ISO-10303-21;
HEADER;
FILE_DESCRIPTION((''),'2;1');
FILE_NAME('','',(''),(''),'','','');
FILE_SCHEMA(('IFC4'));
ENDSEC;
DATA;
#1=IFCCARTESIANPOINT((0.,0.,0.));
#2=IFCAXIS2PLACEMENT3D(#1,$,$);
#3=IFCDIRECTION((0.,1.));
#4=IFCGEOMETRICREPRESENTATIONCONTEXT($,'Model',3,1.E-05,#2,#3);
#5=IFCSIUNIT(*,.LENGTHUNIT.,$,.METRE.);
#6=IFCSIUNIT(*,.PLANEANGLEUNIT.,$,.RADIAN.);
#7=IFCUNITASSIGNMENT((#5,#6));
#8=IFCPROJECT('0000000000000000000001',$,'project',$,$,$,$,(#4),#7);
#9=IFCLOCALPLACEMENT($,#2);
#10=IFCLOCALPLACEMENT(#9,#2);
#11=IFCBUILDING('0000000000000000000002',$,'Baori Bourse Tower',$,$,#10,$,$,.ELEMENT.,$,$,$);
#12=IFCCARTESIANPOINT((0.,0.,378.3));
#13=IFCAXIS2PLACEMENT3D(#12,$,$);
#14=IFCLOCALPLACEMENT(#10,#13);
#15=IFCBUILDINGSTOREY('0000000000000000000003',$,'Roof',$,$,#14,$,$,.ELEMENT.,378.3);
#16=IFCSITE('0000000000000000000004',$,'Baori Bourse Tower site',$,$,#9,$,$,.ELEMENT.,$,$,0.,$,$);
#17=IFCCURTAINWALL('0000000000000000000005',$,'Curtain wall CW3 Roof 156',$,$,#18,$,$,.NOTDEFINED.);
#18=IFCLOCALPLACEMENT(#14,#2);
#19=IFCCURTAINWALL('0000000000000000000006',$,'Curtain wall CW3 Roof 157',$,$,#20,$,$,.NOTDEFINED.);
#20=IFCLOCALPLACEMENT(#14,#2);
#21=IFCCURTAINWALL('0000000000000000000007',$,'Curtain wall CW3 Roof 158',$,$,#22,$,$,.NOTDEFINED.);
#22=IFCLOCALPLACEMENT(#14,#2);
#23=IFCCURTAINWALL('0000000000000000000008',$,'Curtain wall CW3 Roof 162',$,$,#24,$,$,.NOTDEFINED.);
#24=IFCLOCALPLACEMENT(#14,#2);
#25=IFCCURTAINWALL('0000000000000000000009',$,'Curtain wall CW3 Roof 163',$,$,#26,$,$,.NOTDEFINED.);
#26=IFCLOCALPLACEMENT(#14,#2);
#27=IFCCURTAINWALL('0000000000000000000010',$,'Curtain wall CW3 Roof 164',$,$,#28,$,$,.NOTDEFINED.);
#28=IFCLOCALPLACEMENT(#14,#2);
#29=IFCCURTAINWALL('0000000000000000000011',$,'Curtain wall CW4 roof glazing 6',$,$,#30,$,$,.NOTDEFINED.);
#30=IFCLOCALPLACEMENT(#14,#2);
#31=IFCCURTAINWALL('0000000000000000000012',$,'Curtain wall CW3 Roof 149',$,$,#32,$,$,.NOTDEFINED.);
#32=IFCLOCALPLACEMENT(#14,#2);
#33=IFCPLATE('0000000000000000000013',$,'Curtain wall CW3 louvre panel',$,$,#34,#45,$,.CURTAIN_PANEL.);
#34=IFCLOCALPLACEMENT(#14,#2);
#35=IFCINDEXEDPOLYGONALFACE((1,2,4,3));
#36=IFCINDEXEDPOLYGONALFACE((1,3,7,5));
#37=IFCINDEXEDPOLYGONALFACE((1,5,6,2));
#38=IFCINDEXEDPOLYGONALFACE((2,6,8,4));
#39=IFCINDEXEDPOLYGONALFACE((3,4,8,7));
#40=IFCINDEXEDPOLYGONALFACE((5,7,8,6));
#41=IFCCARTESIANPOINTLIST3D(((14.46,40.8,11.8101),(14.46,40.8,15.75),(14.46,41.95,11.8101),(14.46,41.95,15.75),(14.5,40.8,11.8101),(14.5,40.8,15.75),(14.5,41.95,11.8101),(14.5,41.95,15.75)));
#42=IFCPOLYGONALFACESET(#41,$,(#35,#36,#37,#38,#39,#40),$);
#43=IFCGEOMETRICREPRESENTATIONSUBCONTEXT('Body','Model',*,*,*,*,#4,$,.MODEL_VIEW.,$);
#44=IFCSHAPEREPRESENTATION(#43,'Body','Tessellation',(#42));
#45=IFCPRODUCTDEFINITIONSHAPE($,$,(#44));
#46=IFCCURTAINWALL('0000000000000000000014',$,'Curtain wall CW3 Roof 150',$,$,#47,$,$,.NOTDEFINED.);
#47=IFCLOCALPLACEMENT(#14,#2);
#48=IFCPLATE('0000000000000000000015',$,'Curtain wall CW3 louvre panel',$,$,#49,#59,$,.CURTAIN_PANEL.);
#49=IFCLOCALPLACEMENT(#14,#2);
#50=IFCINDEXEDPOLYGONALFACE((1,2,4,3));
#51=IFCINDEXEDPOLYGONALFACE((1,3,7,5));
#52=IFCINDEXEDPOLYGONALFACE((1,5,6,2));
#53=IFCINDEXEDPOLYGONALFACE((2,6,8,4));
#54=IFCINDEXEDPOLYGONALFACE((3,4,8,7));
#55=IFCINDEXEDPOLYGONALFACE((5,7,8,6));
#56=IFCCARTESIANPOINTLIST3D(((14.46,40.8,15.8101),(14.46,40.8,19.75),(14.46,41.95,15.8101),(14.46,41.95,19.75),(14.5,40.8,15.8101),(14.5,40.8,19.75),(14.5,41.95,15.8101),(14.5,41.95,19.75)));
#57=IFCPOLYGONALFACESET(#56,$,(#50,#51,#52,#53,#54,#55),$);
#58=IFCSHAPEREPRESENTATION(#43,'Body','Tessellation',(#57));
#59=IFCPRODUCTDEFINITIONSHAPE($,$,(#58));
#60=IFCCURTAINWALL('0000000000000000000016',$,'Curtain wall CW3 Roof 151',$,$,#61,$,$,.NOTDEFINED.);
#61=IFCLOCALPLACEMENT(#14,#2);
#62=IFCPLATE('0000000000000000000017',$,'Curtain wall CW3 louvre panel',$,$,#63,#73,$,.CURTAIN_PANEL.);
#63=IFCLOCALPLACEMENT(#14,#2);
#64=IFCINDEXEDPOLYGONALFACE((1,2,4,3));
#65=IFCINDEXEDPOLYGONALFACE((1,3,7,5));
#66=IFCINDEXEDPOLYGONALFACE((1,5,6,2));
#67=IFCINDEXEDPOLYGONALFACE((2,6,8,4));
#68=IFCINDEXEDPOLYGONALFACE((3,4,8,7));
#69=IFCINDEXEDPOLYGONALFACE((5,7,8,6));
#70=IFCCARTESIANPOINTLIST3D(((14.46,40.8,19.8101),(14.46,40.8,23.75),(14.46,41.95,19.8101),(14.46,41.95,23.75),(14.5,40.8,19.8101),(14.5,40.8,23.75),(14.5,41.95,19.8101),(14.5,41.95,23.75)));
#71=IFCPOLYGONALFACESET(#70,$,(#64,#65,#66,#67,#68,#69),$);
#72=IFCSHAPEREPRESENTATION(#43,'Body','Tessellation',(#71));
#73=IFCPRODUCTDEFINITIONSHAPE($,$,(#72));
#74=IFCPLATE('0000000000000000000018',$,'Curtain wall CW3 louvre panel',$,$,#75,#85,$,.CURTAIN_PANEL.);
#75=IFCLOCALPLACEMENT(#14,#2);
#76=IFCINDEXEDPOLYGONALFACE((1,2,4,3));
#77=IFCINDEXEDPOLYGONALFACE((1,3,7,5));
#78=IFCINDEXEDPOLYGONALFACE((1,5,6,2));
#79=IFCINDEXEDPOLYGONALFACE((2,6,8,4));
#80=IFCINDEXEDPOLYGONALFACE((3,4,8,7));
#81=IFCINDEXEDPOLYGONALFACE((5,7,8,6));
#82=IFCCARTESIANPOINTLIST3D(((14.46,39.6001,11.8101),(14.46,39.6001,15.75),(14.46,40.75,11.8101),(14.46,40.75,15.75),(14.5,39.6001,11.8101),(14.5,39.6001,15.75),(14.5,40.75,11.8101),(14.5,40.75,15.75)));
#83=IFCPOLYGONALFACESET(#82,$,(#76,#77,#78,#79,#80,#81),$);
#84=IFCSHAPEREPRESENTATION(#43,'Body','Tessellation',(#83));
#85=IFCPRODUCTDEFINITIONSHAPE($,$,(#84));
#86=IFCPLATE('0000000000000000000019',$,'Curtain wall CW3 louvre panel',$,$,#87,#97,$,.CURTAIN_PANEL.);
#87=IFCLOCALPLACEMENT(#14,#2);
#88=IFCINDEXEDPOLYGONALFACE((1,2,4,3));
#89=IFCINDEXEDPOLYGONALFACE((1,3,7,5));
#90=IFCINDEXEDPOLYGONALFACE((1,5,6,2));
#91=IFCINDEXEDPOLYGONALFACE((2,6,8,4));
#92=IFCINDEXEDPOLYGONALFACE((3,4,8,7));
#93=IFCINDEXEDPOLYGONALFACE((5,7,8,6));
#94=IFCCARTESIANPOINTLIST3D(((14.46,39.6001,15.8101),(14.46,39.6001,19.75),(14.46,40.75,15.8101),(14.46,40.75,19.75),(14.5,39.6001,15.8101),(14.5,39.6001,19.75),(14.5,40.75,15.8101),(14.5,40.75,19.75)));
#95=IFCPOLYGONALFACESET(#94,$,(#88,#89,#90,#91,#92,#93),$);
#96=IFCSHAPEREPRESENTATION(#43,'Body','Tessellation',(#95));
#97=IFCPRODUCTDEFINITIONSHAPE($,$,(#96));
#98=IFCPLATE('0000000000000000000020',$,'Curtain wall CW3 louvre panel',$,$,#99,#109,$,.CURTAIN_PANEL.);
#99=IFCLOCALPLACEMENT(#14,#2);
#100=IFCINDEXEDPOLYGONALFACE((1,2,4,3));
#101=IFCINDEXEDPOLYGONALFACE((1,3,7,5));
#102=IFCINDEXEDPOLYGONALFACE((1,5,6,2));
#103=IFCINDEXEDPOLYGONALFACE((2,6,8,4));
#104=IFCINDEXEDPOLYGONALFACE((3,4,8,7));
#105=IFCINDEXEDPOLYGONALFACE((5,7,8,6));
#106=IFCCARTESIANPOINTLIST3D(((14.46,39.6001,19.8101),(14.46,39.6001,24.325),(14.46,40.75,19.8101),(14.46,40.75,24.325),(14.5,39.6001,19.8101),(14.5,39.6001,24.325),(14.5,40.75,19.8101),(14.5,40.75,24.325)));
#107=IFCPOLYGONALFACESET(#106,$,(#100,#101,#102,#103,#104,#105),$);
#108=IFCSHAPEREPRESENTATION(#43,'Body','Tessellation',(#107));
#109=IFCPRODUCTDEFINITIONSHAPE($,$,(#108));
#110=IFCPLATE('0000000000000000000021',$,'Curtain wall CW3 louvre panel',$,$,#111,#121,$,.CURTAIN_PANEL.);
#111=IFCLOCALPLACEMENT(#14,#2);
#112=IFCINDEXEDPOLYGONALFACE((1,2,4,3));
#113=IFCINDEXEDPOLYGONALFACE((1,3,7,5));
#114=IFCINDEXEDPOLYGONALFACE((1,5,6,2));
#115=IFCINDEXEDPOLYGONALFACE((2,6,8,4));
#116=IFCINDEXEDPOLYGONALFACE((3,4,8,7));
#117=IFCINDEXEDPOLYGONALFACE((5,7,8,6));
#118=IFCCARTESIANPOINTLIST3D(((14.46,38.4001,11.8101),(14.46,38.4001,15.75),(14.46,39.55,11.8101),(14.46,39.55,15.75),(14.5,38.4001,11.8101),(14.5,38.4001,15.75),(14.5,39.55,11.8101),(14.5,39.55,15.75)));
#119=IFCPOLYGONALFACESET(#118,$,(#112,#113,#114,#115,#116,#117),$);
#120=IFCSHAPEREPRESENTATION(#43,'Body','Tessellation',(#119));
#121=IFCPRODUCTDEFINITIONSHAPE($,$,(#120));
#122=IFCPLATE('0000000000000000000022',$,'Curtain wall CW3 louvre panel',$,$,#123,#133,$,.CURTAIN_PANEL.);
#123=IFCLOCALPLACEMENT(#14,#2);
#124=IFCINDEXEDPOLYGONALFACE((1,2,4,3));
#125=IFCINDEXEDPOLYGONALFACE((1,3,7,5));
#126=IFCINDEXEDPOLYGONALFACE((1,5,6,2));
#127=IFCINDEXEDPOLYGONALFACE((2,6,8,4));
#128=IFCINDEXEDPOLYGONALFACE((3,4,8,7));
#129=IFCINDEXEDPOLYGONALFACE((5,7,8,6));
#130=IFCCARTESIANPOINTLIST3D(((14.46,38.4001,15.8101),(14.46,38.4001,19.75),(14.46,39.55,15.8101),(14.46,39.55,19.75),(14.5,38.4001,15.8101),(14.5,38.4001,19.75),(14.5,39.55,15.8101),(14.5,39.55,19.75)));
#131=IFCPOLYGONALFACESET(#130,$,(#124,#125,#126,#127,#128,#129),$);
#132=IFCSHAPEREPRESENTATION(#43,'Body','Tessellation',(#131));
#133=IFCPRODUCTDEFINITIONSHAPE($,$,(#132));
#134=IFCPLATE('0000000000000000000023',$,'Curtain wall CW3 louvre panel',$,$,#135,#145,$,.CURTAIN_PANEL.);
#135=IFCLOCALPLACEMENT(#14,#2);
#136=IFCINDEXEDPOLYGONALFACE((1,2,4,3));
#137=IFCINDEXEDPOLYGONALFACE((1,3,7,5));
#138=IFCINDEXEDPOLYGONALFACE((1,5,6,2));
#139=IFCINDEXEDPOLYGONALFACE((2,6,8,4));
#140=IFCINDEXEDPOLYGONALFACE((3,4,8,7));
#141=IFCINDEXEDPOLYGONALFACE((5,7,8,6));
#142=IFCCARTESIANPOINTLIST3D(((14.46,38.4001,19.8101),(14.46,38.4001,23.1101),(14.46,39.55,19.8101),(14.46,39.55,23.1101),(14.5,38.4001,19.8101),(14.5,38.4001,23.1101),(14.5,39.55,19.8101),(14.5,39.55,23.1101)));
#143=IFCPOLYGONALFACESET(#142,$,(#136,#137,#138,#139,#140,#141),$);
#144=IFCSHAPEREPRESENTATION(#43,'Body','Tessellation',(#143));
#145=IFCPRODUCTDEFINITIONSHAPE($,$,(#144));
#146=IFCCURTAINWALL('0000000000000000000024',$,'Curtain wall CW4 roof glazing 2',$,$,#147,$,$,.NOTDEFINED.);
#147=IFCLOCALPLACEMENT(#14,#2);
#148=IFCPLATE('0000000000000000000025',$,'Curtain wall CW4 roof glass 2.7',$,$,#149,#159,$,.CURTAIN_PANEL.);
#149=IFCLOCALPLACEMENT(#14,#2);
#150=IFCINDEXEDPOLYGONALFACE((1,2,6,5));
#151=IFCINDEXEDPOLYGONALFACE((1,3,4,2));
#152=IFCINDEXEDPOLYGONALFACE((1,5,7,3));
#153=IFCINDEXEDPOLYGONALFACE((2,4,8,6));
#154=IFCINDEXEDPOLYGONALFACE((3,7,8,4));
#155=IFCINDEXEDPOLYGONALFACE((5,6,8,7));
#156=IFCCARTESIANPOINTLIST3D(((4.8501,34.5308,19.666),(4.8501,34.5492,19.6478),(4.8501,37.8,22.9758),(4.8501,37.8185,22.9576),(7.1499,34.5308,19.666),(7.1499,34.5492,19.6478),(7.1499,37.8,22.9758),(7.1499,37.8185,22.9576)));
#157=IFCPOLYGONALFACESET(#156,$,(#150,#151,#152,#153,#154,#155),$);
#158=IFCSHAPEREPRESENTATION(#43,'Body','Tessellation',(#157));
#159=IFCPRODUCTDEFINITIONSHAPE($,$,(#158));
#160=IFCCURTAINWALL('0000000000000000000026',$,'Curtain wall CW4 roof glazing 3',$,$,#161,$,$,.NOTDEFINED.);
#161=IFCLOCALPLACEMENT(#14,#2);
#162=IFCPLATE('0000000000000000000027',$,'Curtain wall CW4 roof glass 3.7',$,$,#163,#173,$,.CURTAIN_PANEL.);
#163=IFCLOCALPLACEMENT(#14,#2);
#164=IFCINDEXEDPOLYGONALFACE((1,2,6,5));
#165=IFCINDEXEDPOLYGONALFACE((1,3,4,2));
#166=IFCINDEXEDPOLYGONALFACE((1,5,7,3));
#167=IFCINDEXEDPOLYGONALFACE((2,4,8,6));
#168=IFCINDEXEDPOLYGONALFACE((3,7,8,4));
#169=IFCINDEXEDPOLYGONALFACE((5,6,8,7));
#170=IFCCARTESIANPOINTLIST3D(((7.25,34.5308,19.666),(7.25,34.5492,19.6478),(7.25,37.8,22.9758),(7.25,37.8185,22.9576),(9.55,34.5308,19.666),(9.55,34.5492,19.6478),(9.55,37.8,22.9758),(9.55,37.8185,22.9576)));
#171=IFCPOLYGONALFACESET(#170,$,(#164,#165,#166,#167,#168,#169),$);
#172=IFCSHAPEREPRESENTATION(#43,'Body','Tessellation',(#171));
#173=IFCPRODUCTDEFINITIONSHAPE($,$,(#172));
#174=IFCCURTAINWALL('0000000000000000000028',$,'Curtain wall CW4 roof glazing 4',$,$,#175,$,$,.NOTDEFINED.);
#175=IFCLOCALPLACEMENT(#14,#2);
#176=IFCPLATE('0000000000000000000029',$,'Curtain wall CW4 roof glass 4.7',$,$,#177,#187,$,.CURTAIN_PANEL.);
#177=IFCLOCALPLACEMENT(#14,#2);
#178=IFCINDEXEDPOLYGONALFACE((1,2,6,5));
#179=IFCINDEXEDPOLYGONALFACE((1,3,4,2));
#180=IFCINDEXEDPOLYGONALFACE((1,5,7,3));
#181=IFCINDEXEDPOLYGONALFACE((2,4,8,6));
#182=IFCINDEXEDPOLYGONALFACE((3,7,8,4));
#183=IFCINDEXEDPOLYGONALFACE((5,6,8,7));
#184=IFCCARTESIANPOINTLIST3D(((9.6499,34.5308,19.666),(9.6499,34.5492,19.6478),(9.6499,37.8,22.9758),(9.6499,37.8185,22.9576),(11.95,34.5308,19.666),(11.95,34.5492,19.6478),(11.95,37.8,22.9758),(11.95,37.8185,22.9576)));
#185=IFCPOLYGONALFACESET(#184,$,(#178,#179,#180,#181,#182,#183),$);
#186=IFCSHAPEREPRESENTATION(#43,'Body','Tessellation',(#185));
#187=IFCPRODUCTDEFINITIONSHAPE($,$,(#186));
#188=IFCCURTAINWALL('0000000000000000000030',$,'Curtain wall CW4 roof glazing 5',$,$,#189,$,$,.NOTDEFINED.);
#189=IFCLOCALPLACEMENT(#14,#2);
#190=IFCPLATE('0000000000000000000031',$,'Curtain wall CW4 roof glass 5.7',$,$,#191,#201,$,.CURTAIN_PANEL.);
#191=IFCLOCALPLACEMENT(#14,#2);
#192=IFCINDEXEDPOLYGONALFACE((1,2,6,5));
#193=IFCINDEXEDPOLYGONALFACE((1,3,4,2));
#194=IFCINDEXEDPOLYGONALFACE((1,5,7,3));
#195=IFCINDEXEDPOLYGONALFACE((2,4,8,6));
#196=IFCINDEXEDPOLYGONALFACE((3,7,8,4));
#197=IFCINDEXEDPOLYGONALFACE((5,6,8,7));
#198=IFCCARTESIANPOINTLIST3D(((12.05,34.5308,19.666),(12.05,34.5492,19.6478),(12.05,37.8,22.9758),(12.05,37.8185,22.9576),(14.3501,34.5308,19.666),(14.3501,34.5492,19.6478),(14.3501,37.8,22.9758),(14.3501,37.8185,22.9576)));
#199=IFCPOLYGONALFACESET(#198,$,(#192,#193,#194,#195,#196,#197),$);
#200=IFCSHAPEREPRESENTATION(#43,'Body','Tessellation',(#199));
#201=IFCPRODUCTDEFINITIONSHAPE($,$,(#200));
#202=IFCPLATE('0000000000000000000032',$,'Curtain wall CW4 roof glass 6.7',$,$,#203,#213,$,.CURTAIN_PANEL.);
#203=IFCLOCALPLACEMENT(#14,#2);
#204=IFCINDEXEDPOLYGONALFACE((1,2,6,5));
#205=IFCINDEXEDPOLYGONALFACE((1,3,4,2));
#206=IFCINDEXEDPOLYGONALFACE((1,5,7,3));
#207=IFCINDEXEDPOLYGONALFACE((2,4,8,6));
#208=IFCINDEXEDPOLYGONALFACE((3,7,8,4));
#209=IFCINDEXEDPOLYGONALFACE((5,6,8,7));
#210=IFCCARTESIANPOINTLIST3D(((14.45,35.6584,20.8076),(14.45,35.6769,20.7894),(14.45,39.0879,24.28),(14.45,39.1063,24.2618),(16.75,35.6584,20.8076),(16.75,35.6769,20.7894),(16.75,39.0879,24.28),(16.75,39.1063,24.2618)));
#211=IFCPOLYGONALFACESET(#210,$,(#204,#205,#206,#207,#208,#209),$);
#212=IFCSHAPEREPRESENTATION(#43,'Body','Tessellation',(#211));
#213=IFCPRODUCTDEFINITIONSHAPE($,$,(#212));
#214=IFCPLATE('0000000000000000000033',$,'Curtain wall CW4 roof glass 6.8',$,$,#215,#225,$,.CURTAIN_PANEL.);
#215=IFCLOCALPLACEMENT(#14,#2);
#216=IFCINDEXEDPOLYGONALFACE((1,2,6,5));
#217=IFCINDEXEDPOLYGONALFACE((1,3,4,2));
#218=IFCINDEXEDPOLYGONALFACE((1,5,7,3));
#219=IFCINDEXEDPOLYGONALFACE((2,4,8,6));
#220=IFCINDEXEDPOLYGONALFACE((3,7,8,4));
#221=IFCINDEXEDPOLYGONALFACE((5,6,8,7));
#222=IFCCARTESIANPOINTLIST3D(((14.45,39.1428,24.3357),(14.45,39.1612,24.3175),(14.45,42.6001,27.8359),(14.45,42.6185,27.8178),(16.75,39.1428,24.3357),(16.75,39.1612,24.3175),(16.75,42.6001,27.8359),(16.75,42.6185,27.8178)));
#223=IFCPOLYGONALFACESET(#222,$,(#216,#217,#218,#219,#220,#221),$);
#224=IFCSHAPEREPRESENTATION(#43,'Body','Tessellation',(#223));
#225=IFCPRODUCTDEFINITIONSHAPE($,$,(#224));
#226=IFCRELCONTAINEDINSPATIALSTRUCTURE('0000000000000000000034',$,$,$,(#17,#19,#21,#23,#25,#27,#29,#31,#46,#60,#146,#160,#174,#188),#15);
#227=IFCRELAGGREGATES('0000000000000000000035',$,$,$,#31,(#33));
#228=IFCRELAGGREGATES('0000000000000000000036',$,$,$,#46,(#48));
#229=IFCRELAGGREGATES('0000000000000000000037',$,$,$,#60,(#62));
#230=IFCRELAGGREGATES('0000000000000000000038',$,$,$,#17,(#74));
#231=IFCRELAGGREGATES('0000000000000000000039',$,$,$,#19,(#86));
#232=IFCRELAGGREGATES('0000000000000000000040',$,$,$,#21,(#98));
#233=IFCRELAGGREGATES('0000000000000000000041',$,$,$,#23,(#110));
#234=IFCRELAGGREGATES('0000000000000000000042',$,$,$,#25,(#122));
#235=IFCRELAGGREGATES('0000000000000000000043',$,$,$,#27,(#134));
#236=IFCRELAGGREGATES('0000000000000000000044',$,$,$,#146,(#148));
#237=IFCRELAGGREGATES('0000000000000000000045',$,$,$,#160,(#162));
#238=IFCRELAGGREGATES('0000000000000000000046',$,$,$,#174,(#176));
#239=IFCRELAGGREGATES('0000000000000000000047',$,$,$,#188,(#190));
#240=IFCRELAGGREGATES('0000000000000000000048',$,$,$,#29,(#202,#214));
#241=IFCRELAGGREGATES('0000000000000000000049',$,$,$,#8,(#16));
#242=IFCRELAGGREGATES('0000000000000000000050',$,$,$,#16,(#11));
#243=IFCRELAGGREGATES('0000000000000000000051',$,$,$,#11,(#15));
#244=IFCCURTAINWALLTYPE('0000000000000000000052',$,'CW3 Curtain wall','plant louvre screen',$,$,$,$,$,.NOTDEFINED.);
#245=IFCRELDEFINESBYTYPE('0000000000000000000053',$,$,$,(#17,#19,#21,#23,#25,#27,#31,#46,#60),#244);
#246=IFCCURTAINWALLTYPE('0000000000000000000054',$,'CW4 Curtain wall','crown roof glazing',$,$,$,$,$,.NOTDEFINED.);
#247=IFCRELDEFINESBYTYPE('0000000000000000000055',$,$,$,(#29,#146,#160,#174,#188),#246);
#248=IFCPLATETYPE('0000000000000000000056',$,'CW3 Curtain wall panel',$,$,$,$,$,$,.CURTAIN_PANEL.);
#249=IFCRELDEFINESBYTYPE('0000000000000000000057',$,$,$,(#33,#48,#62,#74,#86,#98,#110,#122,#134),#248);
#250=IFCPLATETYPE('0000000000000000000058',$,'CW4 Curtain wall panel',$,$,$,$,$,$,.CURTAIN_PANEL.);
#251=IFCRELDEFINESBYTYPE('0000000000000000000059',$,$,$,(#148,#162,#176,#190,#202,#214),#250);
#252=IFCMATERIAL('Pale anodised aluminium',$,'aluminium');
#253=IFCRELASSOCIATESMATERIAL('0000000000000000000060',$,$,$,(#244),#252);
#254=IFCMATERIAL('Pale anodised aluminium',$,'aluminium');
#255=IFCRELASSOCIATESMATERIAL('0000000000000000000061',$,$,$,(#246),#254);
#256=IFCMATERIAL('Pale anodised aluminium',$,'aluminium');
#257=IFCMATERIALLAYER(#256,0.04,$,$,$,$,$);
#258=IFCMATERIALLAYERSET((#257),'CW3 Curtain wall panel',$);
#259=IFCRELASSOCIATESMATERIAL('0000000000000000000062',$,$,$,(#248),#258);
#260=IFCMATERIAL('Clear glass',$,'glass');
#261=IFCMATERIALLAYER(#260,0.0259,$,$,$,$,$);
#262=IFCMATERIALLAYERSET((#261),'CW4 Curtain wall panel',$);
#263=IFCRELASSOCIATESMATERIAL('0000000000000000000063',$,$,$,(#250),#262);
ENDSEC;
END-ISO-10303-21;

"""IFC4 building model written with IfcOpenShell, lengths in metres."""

from ifc_helpers import new_model, si_unit, direction, frame, origin, origin_2d, place, context, subcontext, project, spatial, polyline, rectangle, outline, extrude, material, layer, layer_set, type_object, element, aggregate, save


model = new_model("IFC4")

# Units and contexts
model_context = context("Model", 3, precision=1e-05, world=origin(), true_north=direction((0.0, 1.0)))
body_context = subcontext(model_context, "Body", "Model", "MODEL_VIEW")
ifc_project = project(units=[si_unit("LENGTHUNIT", "METRE"), si_unit("PLANEANGLEUNIT", "RADIAN")], contexts=[model_context])

# Site, building, storey
site_placement = place(None, origin())
site = spatial("IfcSite", under=ifc_project, at=site_placement, Name="Baori Bourse Tower site", CompositionType="ELEMENT", RefElevation=0.0)
building_placement = place(site_placement, origin())
building = spatial("IfcBuilding", under=site, at=building_placement, Name="Baori Bourse Tower", CompositionType="ELEMENT")
storey_placement = place(building_placement, frame((0.0, 0.0, 378.3)))
storey = spatial("IfcBuildingStorey", under=building, at=storey_placement, Name="Roof", CompositionType="ELEMENT", Elevation=378.3)

# Curtain walls
ifc_material_1 = material(Name="Pale anodised aluminium", Category="aluminium")
curtain_wall_type_1 = type_object("IfcCurtainWallType", Name="CW3 Curtain wall", Description="plant louvre screen", PredefinedType="NOTDEFINED", material=ifc_material_1)
curtain_wall_1_placement = place(storey_placement, origin())
curtain_wall_1 = element("IfcCurtainWall", 1, at=curtain_wall_1_placement, inside=storey, type_object=curtain_wall_type_1, Name="Curtain wall CW3 Roof 156", PredefinedType="NOTDEFINED")
curtain_wall_2_placement = place(storey_placement, origin())
curtain_wall_2 = element("IfcCurtainWall", 2, at=curtain_wall_2_placement, inside=storey, type_object=curtain_wall_type_1, Name="Curtain wall CW3 Roof 157", PredefinedType="NOTDEFINED")
curtain_wall_3_placement = place(storey_placement, origin())
curtain_wall_3 = element("IfcCurtainWall", 3, at=curtain_wall_3_placement, inside=storey, type_object=curtain_wall_type_1, Name="Curtain wall CW3 Roof 158", PredefinedType="NOTDEFINED")
curtain_wall_4_placement = place(storey_placement, origin())
curtain_wall_4 = element("IfcCurtainWall", 4, at=curtain_wall_4_placement, inside=storey, type_object=curtain_wall_type_1, Name="Curtain wall CW3 Roof 162", PredefinedType="NOTDEFINED")
curtain_wall_5_placement = place(storey_placement, origin())
curtain_wall_5 = element("IfcCurtainWall", 5, at=curtain_wall_5_placement, inside=storey, type_object=curtain_wall_type_1, Name="Curtain wall CW3 Roof 163", PredefinedType="NOTDEFINED")
curtain_wall_6_placement = place(storey_placement, origin())
curtain_wall_6 = element("IfcCurtainWall", 6, at=curtain_wall_6_placement, inside=storey, type_object=curtain_wall_type_1, Name="Curtain wall CW3 Roof 164", PredefinedType="NOTDEFINED")

# Curtain wall
ifc_material_2 = material(Name="Pale anodised aluminium", Category="aluminium")
curtain_wall_type_2 = type_object("IfcCurtainWallType", Name="CW4 Curtain wall", Description="crown roof glazing", PredefinedType="NOTDEFINED", material=ifc_material_2)
curtain_wall_7_placement = place(storey_placement, origin())
curtain_wall_7 = element("IfcCurtainWall", 7, at=curtain_wall_7_placement, inside=storey, type_object=curtain_wall_type_2, Name="Curtain wall CW4 roof glazing 6", PredefinedType="NOTDEFINED")

# Curtain walls, plates
curtain_wall_8_placement = place(storey_placement, origin())
curtain_wall_8 = element("IfcCurtainWall", 8, at=curtain_wall_8_placement, inside=storey, type_object=curtain_wall_type_1, Name="Curtain wall CW3 Roof 149", PredefinedType="NOTDEFINED")
ifc_material_3 = material(Name="Pale anodised aluminium", Category="aluminium")
ifc_layer_1 = layer(ifc_material_3, 0.04)
ifc_layer_set_1 = layer_set([ifc_layer_1], Name="CW3 Curtain wall panel")
plate_type_1 = type_object("IfcPlateType", Name="CW3 Curtain wall panel", PredefinedType="CURTAIN_PANEL", material=ifc_layer_set_1)
plate_1_placement = place(storey_placement, frame((14.48, 41.375, 11.8101), z_axis=(0.0, 0.0, 1.0), x_axis=(0.0, -1.0, 0.0)))
plate_1 = element("IfcPlate", 9, at=plate_1_placement, type_object=plate_type_1, Name="Curtain wall CW3 louvre panel", PredefinedType="CURTAIN_PANEL", context=body_context, shape_type="SweptSolid", body=[
    extrude(rectangle(XDim=1.1499, YDim=0.04, at=origin_2d()), origin(), (0.0, 0.0, 1.0), 3.9399),
])
aggregate(curtain_wall_8, [plate_1])
curtain_wall_9_placement = place(storey_placement, origin())
curtain_wall_9 = element("IfcCurtainWall", 10, at=curtain_wall_9_placement, inside=storey, type_object=curtain_wall_type_1, Name="Curtain wall CW3 Roof 150", PredefinedType="NOTDEFINED")
plate_2_placement = place(storey_placement, frame((14.48, 41.375, 15.8101), z_axis=(0.0, 0.0, 1.0), x_axis=(0.0, -1.0, 0.0)))
plate_2 = element("IfcPlate", 11, at=plate_2_placement, type_object=plate_type_1, Name="Curtain wall CW3 louvre panel", PredefinedType="CURTAIN_PANEL", context=body_context, shape_type="SweptSolid", body=[
    extrude(rectangle(XDim=1.1499, YDim=0.04, at=origin_2d()), origin(), (0.0, 0.0, 1.0), 3.9399),
])
aggregate(curtain_wall_9, [plate_2])
curtain_wall_10_placement = place(storey_placement, origin())
curtain_wall_10 = element("IfcCurtainWall", 12, at=curtain_wall_10_placement, inside=storey, type_object=curtain_wall_type_1, Name="Curtain wall CW3 Roof 151", PredefinedType="NOTDEFINED")
plate_3_placement = place(storey_placement, frame((14.48, 41.375, 19.8101), z_axis=(0.0, 0.0, 1.0), x_axis=(0.0, -1.0, 0.0)))
plate_3 = element("IfcPlate", 13, at=plate_3_placement, type_object=plate_type_1, Name="Curtain wall CW3 louvre panel", PredefinedType="CURTAIN_PANEL", context=body_context, shape_type="SweptSolid", body=[
    extrude(rectangle(XDim=1.1499, YDim=0.04, at=origin_2d()), origin(), (0.0, 0.0, 1.0), 3.9399),
])
aggregate(curtain_wall_10, [plate_3])

# Plates
plate_4_placement = place(storey_placement, frame((14.48, 40.175, 11.8101), z_axis=(0.0, 0.0, 1.0), x_axis=(0.0, -1.0, 0.0)))
plate_4 = element("IfcPlate", 14, at=plate_4_placement, type_object=plate_type_1, Name="Curtain wall CW3 louvre panel", PredefinedType="CURTAIN_PANEL", context=body_context, shape_type="SweptSolid", body=[
    extrude(rectangle(XDim=1.1499, YDim=0.04, at=origin_2d()), origin(), (0.0, 0.0, 1.0), 3.9399),
])
aggregate(curtain_wall_1, [plate_4])
plate_5_placement = place(storey_placement, frame((14.48, 40.175, 15.8101), z_axis=(0.0, 0.0, 1.0), x_axis=(0.0, -1.0, 0.0)))
plate_5 = element("IfcPlate", 15, at=plate_5_placement, type_object=plate_type_1, Name="Curtain wall CW3 louvre panel", PredefinedType="CURTAIN_PANEL", context=body_context, shape_type="SweptSolid", body=[
    extrude(rectangle(XDim=1.1499, YDim=0.04, at=origin_2d()), origin(), (0.0, 0.0, 1.0), 3.9399),
])
aggregate(curtain_wall_2, [plate_5])
plate_6_placement = place(storey_placement, frame((14.48, 40.175, 19.8101), z_axis=(0.0, 0.0, 1.0), x_axis=(0.0, -1.0, 0.0)))
plate_6 = element("IfcPlate", 16, at=plate_6_placement, type_object=plate_type_1, Name="Curtain wall CW3 louvre panel", PredefinedType="CURTAIN_PANEL", context=body_context, shape_type="SweptSolid", body=[
    extrude(rectangle(XDim=1.1499, YDim=0.04, at=origin_2d()), origin(), (0.0, 0.0, 1.0), 4.5149),
])
aggregate(curtain_wall_3, [plate_6])
plate_7_placement = place(storey_placement, frame((14.48, 38.9751, 11.8101), z_axis=(0.0, 0.0, 1.0), x_axis=(0.0, -1.0, 0.0)))
plate_7 = element("IfcPlate", 17, at=plate_7_placement, type_object=plate_type_1, Name="Curtain wall CW3 louvre panel", PredefinedType="CURTAIN_PANEL", context=body_context, shape_type="SweptSolid", body=[
    extrude(rectangle(XDim=1.1499, YDim=0.04, at=origin_2d()), origin(), (0.0, 0.0, 1.0), 3.9399),
])
aggregate(curtain_wall_4, [plate_7])
plate_8_placement = place(storey_placement, frame((14.48, 38.9751, 15.8101), z_axis=(0.0, 0.0, 1.0), x_axis=(0.0, -1.0, 0.0)))
plate_8 = element("IfcPlate", 18, at=plate_8_placement, type_object=plate_type_1, Name="Curtain wall CW3 louvre panel", PredefinedType="CURTAIN_PANEL", context=body_context, shape_type="SweptSolid", body=[
    extrude(rectangle(XDim=1.1499, YDim=0.04, at=origin_2d()), origin(), (0.0, 0.0, 1.0), 3.9399),
])
aggregate(curtain_wall_5, [plate_8])
plate_9_placement = place(storey_placement, frame((14.48, 38.9751, 19.8101), z_axis=(0.0, 0.0, 1.0), x_axis=(0.0, -1.0, 0.0)))
plate_9 = element("IfcPlate", 19, at=plate_9_placement, type_object=plate_type_1, Name="Curtain wall CW3 louvre panel", PredefinedType="CURTAIN_PANEL", context=body_context, shape_type="SweptSolid", body=[
    extrude(rectangle(XDim=1.1499, YDim=0.04, at=origin_2d()), origin(), (0.0, 0.0, 1.0), 3.3),
])
aggregate(curtain_wall_6, [plate_9])

# Curtain walls, plates
curtain_wall_11_placement = place(storey_placement, origin())
curtain_wall_11 = element("IfcCurtainWall", 20, at=curtain_wall_11_placement, inside=storey, type_object=curtain_wall_type_2, Name="Curtain wall CW4 roof glazing 2", PredefinedType="NOTDEFINED")
ifc_material_4 = material(Name="Clear glass", Category="glass")
ifc_layer_2 = layer(ifc_material_4, 0.0259)
ifc_layer_set_2 = layer_set([ifc_layer_2], Name="CW4 Curtain wall panel")
plate_type_2 = type_object("IfcPlateType", Name="CW4 Curtain wall panel", PredefinedType="CURTAIN_PANEL", material=ifc_layer_set_2)
plate_10_placement = place(storey_placement, frame((4.8501, 34.5308, 19.666), z_axis=(0.0, -0.711449, 0.702738), x_axis=(1.0, 0.0, 0.0)))
plate_10 = element("IfcPlate", 21, at=plate_10_placement, type_object=plate_type_2, Name="Curtain wall CW4 roof glass 2.7", PredefinedType="CURTAIN_PANEL", context=body_context, shape_type="SweptSolid", body=[
    extrude(outline(polyline([(0.0, 0.0), (2.2998, 0.0), (2.2998, 4.6522), (0.0, 4.6522), (0.0, 0.0)])), origin(), (0.0, 0.0, -1.0), 0.0259),
])
aggregate(curtain_wall_11, [plate_10])
curtain_wall_12_placement = place(storey_placement, origin())
curtain_wall_12 = element("IfcCurtainWall", 22, at=curtain_wall_12_placement, inside=storey, type_object=curtain_wall_type_2, Name="Curtain wall CW4 roof glazing 3", PredefinedType="NOTDEFINED")
plate_11_placement = place(storey_placement, frame((7.25, 34.5308, 19.666), z_axis=(0.0, -0.711449, 0.702738), x_axis=(1.0, 0.0, 0.0)))
plate_11 = element("IfcPlate", 23, at=plate_11_placement, type_object=plate_type_2, Name="Curtain wall CW4 roof glass 3.7", PredefinedType="CURTAIN_PANEL", context=body_context, shape_type="SweptSolid", body=[
    extrude(outline(polyline([(0.0, 0.0), (2.3, 0.0), (2.3, 4.6522), (0.0, 4.6522), (0.0, 0.0)])), origin(), (0.0, 0.0, -1.0), 0.0259),
])
aggregate(curtain_wall_12, [plate_11])
curtain_wall_13_placement = place(storey_placement, origin())
curtain_wall_13 = element("IfcCurtainWall", 24, at=curtain_wall_13_placement, inside=storey, type_object=curtain_wall_type_2, Name="Curtain wall CW4 roof glazing 4", PredefinedType="NOTDEFINED")
plate_12_placement = place(storey_placement, frame((9.6499, 34.5308, 19.666), z_axis=(0.0, -0.711449, 0.702738), x_axis=(1.0, 0.0, 0.0)))
plate_12 = element("IfcPlate", 25, at=plate_12_placement, type_object=plate_type_2, Name="Curtain wall CW4 roof glass 4.7", PredefinedType="CURTAIN_PANEL", context=body_context, shape_type="SweptSolid", body=[
    extrude(outline(polyline([(0.0, 0.0), (2.3, 0.0), (2.3, 4.6522), (0.0, 4.6522), (0.0, 0.0)])), origin(), (0.0, 0.0, -1.0), 0.0259),
])
aggregate(curtain_wall_13, [plate_12])
curtain_wall_14_placement = place(storey_placement, origin())
curtain_wall_14 = element("IfcCurtainWall", 26, at=curtain_wall_14_placement, inside=storey, type_object=curtain_wall_type_2, Name="Curtain wall CW4 roof glazing 5", PredefinedType="NOTDEFINED")
plate_13_placement = place(storey_placement, frame((12.05, 34.5308, 19.666), z_axis=(0.0, -0.711449, 0.702738), x_axis=(1.0, 0.0, 0.0)))
plate_13 = element("IfcPlate", 27, at=plate_13_placement, type_object=plate_type_2, Name="Curtain wall CW4 roof glass 5.7", PredefinedType="CURTAIN_PANEL", context=body_context, shape_type="SweptSolid", body=[
    extrude(outline(polyline([(0.0, 0.0), (2.3, 0.0), (2.3, 4.6522), (0.0, 4.6522), (0.0, 0.0)])), origin(), (0.0, 0.0, -1.0), 0.0259),
])
aggregate(curtain_wall_14, [plate_13])

# Plates
plate_14_placement = place(storey_placement, frame((14.45, 35.6584, 20.8076), z_axis=(0.0, -0.711495, 0.702691), x_axis=(1.0, 0.0, 0.0)))
plate_14 = element("IfcPlate", 28, at=plate_14_placement, type_object=plate_type_2, Name="Curtain wall CW4 roof glass 6.7", PredefinedType="CURTAIN_PANEL", context=body_context, shape_type="SweptSolid", body=[
    extrude(outline(polyline([(0.0, 0.0), (2.3, 0.0), (2.3, 4.8804), (0.0, 4.8804), (0.0, 0.0)])), origin(), (0.0, 0.0, -1.0), 0.0259),
])
plate_15_placement = place(storey_placement, frame((14.45, 39.1428, 24.3357), z_axis=(0.0, -0.71146, 0.702726), x_axis=(1.0, 0.0, 0.0)))
plate_15 = element("IfcPlate", 29, at=plate_15_placement, type_object=plate_type_2, Name="Curtain wall CW4 roof glass 6.8", PredefinedType="CURTAIN_PANEL", context=body_context, shape_type="SweptSolid", body=[
    extrude(outline(polyline([(0.0, 0.0), (2.3, 0.0), (2.3, 4.9198), (0.0, 4.9198), (0.0, 0.0)])), origin(), (0.0, 0.0, -1.0), 0.0259),
])
aggregate(curtain_wall_7, [plate_14, plate_15])

save(model, "model.ifc")
